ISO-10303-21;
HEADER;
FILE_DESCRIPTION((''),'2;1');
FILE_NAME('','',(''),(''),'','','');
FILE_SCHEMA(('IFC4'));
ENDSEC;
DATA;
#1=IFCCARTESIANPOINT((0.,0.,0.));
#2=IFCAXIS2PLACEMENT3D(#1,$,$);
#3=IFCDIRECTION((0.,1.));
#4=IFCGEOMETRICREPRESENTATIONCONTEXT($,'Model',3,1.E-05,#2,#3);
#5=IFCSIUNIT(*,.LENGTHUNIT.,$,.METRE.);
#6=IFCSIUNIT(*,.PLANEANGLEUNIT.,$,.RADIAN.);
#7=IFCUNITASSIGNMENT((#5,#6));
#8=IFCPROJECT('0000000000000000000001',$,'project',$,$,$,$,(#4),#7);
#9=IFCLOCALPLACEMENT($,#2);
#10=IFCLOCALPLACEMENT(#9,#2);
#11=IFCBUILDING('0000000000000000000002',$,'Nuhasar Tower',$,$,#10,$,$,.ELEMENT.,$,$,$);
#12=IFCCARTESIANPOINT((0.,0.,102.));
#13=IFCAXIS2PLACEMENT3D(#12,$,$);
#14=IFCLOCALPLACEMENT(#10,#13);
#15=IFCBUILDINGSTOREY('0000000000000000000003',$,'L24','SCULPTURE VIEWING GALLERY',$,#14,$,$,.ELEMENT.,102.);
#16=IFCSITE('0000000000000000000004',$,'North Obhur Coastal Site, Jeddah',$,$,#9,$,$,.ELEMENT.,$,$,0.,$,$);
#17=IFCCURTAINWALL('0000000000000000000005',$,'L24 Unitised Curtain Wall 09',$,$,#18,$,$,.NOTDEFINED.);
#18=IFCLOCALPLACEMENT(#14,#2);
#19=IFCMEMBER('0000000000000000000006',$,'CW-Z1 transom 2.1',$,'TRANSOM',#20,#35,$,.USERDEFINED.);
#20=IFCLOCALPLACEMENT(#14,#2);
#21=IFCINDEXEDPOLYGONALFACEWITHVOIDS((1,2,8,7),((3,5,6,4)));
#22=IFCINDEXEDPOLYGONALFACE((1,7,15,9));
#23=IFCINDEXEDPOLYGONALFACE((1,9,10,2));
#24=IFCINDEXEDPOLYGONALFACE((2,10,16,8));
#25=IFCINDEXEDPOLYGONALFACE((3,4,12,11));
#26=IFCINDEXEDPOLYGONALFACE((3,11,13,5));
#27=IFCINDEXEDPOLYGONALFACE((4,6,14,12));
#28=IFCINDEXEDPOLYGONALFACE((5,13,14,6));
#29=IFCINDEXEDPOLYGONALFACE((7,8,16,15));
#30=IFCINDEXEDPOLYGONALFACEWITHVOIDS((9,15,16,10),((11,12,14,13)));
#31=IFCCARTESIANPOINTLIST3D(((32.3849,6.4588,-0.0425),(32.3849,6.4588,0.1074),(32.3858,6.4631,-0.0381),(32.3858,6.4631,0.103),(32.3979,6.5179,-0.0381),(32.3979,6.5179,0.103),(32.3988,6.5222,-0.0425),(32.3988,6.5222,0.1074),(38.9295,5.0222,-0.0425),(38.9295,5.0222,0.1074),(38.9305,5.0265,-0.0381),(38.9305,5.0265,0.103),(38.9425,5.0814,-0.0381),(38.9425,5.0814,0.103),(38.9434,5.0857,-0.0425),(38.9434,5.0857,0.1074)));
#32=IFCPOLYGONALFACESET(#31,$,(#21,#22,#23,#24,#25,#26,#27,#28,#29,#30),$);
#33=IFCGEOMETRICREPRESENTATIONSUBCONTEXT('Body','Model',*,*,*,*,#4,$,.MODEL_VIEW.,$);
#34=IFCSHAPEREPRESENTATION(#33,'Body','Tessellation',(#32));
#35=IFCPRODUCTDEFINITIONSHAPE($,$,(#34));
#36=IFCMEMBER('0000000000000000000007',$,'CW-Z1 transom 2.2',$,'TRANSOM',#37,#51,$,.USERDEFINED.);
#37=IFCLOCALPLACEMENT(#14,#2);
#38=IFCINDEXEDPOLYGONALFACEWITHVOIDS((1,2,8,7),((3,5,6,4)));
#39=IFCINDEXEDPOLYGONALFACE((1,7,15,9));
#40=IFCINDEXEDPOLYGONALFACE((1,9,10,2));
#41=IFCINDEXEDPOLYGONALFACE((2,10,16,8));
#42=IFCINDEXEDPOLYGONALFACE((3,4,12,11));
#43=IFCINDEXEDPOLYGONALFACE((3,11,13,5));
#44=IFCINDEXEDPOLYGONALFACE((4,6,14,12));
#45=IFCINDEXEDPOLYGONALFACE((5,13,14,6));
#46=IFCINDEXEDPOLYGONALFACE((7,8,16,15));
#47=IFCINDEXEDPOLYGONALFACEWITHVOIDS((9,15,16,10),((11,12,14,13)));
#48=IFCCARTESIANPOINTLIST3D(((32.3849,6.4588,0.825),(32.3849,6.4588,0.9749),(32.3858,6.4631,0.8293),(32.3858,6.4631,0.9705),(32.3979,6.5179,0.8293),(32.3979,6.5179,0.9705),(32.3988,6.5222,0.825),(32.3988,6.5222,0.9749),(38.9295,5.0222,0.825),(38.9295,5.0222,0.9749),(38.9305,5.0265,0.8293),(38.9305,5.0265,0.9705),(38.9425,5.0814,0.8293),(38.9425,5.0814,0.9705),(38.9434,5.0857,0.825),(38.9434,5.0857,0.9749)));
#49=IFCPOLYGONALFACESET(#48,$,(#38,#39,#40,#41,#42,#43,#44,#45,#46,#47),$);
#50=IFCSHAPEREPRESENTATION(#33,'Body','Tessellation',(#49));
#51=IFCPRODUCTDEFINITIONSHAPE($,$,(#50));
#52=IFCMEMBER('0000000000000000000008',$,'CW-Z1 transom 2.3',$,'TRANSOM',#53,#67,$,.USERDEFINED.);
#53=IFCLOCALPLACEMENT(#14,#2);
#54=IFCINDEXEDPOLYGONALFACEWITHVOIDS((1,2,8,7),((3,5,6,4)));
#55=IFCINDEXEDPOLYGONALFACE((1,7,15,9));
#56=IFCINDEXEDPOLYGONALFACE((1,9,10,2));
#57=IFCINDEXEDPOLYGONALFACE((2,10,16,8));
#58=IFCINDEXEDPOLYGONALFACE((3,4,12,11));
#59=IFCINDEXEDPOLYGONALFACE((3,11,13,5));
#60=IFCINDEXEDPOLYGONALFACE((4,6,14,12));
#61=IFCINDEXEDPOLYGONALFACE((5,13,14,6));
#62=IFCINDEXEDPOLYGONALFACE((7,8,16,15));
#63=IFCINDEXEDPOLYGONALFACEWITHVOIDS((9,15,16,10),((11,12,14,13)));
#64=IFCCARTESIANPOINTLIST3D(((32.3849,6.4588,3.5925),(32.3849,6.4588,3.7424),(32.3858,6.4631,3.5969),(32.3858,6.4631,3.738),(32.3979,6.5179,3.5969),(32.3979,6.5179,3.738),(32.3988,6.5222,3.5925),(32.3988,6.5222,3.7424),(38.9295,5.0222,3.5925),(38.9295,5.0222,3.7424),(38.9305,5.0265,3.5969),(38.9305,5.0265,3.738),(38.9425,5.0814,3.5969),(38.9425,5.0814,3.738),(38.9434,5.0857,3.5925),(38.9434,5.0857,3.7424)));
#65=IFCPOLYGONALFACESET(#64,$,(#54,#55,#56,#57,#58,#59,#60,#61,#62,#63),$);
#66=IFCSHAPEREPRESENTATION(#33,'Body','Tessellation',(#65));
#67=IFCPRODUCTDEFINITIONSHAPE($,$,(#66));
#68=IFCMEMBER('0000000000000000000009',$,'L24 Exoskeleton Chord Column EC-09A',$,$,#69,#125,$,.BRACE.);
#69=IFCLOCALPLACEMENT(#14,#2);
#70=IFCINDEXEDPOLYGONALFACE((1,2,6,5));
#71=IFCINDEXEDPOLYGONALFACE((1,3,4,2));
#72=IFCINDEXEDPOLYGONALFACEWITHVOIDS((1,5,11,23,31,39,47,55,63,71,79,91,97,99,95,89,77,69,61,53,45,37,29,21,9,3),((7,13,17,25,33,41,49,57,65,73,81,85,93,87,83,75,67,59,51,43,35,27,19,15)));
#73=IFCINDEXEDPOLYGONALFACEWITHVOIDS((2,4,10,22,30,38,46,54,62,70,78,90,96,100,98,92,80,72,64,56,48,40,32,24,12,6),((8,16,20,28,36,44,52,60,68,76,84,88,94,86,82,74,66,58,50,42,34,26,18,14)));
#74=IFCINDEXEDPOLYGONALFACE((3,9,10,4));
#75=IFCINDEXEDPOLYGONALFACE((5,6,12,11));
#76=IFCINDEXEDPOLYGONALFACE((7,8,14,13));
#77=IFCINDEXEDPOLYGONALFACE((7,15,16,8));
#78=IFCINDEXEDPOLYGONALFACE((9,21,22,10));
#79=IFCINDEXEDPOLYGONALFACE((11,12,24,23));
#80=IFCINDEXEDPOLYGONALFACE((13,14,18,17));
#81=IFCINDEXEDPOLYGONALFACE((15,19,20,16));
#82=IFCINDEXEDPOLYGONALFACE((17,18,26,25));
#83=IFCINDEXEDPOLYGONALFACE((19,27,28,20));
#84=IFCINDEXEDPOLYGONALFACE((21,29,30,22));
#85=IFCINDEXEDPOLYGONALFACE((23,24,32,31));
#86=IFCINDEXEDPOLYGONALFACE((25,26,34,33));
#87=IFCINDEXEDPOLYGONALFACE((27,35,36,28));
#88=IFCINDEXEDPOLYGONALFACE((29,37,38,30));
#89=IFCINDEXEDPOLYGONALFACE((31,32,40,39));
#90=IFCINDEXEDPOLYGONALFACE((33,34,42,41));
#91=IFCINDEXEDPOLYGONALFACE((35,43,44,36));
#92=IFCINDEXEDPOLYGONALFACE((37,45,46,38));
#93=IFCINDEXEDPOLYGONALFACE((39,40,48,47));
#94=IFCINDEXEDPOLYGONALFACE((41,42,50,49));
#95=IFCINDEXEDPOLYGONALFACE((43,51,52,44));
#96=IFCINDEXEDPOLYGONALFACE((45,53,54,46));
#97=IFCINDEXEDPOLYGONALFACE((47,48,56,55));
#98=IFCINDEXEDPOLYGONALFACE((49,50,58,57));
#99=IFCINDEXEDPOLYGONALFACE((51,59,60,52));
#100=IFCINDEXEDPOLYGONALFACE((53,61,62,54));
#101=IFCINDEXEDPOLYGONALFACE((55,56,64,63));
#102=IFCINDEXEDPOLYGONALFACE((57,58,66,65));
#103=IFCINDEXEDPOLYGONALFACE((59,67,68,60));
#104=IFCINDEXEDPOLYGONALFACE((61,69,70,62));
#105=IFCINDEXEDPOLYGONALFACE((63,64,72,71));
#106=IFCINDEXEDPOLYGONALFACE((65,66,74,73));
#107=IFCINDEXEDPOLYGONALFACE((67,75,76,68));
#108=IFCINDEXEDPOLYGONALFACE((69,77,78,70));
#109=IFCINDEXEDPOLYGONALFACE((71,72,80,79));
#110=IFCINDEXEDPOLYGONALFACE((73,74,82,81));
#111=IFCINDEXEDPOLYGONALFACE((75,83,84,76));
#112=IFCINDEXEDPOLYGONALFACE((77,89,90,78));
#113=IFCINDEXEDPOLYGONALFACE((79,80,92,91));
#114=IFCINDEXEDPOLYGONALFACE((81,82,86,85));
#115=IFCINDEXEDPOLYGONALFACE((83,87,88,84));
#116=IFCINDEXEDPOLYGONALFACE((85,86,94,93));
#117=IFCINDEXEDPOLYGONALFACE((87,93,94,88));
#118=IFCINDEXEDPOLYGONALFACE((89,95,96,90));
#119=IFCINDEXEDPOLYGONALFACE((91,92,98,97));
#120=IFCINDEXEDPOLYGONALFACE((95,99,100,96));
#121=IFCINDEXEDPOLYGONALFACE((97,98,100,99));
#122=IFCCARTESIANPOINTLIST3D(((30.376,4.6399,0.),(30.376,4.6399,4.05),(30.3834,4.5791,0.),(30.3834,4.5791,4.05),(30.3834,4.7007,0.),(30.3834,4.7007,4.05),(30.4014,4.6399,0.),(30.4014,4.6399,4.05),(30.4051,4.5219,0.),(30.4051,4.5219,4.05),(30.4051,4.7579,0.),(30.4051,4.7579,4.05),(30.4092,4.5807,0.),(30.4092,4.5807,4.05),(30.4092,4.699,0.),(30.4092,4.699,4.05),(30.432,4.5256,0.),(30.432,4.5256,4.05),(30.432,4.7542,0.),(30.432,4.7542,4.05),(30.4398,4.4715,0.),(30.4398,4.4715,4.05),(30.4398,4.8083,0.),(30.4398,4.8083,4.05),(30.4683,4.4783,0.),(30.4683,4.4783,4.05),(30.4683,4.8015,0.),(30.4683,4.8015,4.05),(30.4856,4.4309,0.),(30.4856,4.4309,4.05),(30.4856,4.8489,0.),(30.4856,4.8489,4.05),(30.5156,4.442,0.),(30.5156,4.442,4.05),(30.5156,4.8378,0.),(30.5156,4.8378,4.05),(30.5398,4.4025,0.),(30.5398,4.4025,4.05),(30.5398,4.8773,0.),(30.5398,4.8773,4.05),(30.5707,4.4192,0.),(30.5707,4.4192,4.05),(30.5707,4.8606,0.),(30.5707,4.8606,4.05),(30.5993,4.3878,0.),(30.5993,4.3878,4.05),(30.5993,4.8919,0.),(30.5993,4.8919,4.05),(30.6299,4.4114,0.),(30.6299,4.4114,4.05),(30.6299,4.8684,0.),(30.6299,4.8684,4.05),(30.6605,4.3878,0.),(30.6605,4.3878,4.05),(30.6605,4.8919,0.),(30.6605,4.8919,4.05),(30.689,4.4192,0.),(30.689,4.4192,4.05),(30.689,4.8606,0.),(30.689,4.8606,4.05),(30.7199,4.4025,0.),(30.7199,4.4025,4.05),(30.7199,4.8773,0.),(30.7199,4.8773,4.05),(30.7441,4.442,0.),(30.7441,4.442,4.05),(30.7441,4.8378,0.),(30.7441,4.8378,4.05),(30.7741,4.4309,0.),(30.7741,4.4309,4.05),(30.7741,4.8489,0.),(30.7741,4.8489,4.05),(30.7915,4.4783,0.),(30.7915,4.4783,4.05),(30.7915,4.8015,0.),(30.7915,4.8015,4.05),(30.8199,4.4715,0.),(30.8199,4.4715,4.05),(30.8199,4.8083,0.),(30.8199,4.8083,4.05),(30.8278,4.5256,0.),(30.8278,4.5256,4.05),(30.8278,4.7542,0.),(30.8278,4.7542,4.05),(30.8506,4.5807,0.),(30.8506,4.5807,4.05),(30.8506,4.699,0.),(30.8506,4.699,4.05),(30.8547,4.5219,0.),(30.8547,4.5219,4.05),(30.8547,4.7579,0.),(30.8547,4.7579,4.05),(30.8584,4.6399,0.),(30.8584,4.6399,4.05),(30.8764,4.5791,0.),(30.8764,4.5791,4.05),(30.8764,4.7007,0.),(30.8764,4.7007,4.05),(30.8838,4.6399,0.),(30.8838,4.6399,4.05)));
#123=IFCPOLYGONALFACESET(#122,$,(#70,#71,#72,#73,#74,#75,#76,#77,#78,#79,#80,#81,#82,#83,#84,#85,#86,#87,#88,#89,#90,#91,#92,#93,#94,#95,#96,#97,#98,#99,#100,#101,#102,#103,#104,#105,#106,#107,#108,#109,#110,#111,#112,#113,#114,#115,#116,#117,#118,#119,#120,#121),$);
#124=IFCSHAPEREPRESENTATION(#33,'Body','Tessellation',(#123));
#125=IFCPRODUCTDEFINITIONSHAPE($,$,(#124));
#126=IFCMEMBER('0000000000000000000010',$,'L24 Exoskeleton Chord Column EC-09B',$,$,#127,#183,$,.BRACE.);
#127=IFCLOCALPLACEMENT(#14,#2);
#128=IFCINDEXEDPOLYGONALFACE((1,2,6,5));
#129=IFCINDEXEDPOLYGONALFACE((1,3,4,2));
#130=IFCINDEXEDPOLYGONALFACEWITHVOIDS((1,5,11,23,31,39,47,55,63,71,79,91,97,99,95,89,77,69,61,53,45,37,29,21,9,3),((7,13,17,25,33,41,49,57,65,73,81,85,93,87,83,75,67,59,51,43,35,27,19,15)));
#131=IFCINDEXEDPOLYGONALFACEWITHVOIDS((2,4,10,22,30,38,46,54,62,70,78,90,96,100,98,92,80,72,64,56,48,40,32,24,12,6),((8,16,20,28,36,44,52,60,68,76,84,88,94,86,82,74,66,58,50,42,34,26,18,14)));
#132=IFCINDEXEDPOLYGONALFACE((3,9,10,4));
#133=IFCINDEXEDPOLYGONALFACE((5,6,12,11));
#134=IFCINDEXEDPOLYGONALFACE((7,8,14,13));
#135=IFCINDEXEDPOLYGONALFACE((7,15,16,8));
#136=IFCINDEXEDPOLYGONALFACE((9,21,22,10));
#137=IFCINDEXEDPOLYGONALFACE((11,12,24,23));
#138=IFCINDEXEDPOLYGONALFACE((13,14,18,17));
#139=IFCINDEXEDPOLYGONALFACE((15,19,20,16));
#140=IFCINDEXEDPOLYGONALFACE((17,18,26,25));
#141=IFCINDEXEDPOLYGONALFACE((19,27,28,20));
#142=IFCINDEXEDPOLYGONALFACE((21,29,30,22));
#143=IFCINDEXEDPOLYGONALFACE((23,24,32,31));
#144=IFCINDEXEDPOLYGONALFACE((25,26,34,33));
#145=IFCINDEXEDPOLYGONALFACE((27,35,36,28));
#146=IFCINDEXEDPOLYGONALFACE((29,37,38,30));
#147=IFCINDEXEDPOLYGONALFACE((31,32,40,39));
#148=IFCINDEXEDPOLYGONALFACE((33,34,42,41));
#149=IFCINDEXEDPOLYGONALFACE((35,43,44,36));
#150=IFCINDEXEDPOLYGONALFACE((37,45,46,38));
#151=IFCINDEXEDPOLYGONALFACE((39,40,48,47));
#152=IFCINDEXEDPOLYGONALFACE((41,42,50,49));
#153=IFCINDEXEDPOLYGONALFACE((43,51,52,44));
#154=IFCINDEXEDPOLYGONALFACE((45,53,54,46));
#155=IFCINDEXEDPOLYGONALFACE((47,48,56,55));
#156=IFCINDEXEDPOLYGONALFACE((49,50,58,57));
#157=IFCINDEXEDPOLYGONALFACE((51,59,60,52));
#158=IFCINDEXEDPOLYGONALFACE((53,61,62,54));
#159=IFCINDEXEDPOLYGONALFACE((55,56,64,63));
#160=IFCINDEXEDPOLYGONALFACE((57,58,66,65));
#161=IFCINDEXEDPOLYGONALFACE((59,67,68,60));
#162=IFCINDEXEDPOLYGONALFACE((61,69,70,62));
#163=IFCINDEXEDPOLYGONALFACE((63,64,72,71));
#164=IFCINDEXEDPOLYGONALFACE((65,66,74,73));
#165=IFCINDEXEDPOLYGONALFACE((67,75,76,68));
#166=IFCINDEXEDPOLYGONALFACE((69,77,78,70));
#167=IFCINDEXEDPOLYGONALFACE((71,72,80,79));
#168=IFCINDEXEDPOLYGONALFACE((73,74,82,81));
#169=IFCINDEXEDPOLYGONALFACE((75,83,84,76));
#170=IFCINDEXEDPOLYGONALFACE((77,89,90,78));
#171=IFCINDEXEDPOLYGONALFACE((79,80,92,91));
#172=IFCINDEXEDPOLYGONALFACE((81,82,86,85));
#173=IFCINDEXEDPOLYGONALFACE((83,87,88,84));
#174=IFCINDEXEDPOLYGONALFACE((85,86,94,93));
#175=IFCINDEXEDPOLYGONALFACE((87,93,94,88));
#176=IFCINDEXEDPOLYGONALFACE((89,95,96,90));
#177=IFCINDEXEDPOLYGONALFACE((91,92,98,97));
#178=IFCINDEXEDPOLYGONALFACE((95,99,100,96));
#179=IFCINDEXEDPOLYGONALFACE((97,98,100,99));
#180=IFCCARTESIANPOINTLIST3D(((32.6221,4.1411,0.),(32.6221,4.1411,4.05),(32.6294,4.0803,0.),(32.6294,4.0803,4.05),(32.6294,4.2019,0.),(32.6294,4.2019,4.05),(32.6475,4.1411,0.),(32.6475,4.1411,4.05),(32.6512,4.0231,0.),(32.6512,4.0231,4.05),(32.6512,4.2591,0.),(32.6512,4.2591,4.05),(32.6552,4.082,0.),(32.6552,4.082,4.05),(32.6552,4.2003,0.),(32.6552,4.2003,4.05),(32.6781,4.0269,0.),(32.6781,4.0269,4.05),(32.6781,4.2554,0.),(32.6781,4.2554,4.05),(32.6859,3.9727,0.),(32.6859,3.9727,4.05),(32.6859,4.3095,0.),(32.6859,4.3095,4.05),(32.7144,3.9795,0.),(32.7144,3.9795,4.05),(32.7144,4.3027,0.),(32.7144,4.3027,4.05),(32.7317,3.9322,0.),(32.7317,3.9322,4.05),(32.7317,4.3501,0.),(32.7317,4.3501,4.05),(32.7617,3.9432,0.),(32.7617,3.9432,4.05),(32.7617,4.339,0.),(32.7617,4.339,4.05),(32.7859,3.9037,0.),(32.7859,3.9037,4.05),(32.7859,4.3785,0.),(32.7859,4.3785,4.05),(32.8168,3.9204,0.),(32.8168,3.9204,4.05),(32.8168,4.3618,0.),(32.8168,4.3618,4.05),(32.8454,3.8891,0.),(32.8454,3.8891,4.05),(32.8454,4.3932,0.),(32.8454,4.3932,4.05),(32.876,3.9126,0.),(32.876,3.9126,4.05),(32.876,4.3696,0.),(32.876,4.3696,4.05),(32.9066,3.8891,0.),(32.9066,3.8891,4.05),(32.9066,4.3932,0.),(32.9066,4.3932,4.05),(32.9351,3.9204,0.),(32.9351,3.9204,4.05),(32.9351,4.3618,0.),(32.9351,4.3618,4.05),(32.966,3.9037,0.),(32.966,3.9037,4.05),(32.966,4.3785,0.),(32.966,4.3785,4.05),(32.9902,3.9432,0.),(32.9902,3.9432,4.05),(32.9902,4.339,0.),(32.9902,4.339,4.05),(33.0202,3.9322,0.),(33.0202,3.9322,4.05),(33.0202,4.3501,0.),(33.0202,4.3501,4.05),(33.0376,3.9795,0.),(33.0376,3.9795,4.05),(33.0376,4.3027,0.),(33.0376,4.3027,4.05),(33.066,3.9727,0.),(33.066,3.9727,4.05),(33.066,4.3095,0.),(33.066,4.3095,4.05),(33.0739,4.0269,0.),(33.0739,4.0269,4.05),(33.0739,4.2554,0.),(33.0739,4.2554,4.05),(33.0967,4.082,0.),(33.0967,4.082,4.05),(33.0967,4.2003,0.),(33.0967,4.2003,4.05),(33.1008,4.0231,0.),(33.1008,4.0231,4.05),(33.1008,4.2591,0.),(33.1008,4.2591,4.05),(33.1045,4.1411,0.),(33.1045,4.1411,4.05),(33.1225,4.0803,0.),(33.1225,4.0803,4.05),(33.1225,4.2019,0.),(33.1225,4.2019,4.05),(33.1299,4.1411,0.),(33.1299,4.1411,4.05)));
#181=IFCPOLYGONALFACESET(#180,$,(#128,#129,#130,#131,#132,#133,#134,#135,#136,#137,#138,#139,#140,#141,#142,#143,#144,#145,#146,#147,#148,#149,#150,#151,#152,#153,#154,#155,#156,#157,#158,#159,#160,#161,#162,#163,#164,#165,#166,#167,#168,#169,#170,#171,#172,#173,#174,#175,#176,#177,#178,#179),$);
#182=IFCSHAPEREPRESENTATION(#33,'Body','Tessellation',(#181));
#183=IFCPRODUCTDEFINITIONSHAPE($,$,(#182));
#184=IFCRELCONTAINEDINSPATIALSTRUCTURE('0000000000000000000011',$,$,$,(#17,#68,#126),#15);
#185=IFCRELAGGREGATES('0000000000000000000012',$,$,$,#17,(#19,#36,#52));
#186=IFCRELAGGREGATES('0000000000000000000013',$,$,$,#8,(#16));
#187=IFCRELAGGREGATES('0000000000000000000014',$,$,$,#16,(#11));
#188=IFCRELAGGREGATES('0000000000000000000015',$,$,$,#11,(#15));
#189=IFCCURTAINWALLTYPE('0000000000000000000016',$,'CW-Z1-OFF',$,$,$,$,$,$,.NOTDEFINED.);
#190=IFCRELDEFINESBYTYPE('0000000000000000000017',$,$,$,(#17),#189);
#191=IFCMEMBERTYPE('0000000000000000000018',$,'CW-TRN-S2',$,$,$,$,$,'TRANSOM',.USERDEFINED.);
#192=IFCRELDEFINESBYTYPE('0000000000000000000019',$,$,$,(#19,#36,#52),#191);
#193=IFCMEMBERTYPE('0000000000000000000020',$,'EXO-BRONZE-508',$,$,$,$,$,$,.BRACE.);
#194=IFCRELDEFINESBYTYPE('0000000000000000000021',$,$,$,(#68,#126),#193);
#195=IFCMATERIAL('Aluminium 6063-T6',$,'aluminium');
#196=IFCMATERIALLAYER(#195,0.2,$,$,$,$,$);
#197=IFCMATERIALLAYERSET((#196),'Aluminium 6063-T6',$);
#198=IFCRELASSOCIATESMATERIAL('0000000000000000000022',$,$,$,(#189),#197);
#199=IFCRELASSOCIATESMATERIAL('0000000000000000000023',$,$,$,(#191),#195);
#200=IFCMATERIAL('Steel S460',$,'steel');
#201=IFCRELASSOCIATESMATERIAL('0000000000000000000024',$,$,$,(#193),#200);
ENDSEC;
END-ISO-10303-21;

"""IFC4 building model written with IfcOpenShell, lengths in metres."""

from ifc_helpers import new_model, si_unit, direction, frame, origin, origin_2d, place, context, subcontext, project, spatial, hollow_rectangle, hollow_circle, extrude, material, layer, layer_set, material_profile, profile_set, type_object, element, aggregate, save


model = new_model("IFC4")

# Units and contexts
model_context = context("Model", 3, precision=1e-05, world=origin(), true_north=direction((0.0, 1.0)))
body_context = subcontext(model_context, "Body", "Model", "MODEL_VIEW")
ifc_project = project(units=[si_unit("LENGTHUNIT", "METRE"), si_unit("PLANEANGLEUNIT", "RADIAN")], contexts=[model_context])

# Site, building, storey
site_placement = place(None, origin())
site = spatial("IfcSite", under=ifc_project, at=site_placement, Name="North Obhur Coastal Site, Jeddah", CompositionType="ELEMENT", RefElevation=0.0)
building_placement = place(site_placement, origin())
building = spatial("IfcBuilding", under=site, at=building_placement, Name="Nuhasar Tower", CompositionType="ELEMENT")
storey_placement = place(building_placement, frame((0.0, 0.0, 102.0)))
storey = spatial("IfcBuildingStorey", under=building, at=storey_placement, Name="L24", Description="SCULPTURE VIEWING GALLERY", CompositionType="ELEMENT", Elevation=102.0)

# Curtain wall, members
ifc_material_1 = material(Name="Aluminium 6063-T6", Category="aluminium")
ifc_layer_1 = layer(ifc_material_1, 0.2)
ifc_layer_set_1 = layer_set([ifc_layer_1], Name="Aluminium 6063-T6")
curtain_wall_type = type_object("IfcCurtainWallType", Name="CW-Z1-OFF", PredefinedType="NOTDEFINED", material=ifc_layer_set_1)
curtain_wall_placement = place(storey_placement, origin())
curtain_wall = element("IfcCurtainWall", 1, at=curtain_wall_placement, inside=storey, type_object=curtain_wall_type, Name="L24 Unitised Curtain Wall 09", PredefinedType="NOTDEFINED")
ifc_material_profile_1 = material_profile(ifc_material_1, hollow_rectangle(XDim=0.0649, YDim=0.1499, WallThickness=0.0044, at=origin_2d()), Name="CWT-2")
ifc_profile_set_1 = profile_set([ifc_material_profile_1], Name="Aluminium 6063-T6")
member_type_1 = type_object("IfcMemberType", Name="CW-TRN-S2", ElementType="TRANSOM", PredefinedType="USERDEFINED", material=ifc_profile_set_1)
member_1_placement = place(storey_placement, frame((32.3918, 6.4905, 0.0325), z_axis=(0.976748, -0.214391, 0.0), x_axis=(0.214391, 0.976748, 0.0)))
member_1 = element("IfcMember", 2, at=member_1_placement, type_object=member_type_1, Name="CW-Z1 transom 2.1", ObjectType="TRANSOM", PredefinedType="USERDEFINED", context=body_context, shape_type="SweptSolid", body=[
    extrude(hollow_rectangle(XDim=0.0649, YDim=0.1499, WallThickness=0.0044, at=origin_2d()), origin(), (0.0, 0.0, 1.0), 6.7004),
])
member_2_placement = place(storey_placement, frame((32.3918, 6.4905, 0.8999), z_axis=(0.976748, -0.214391, 0.0), x_axis=(0.214391, 0.976748, 0.0)))
member_2 = element("IfcMember", 3, at=member_2_placement, type_object=member_type_1, Name="CW-Z1 transom 2.2", ObjectType="TRANSOM", PredefinedType="USERDEFINED", context=body_context, shape_type="SweptSolid", body=[
    extrude(hollow_rectangle(XDim=0.0649, YDim=0.1499, WallThickness=0.0044, at=origin_2d()), origin(), (0.0, 0.0, 1.0), 6.7004),
])
member_3_placement = place(storey_placement, frame((32.3918, 6.4905, 3.6675), z_axis=(0.976748, -0.214391, 0.0), x_axis=(0.214391, 0.976748, 0.0)))
member_3 = element("IfcMember", 4, at=member_3_placement, type_object=member_type_1, Name="CW-Z1 transom 2.3", ObjectType="TRANSOM", PredefinedType="USERDEFINED", context=body_context, shape_type="SweptSolid", body=[
    extrude(hollow_rectangle(XDim=0.0649, YDim=0.1499, WallThickness=0.0044, at=origin_2d()), origin(), (0.0, 0.0, 1.0), 6.7004),
])

# Members
ifc_material_2 = material(Name="Steel S460", Category="steel")
ifc_material_profile_2 = material_profile(ifc_material_2, hollow_circle(Radius=0.2539, WallThickness=0.0254, at=origin_2d()), Name="HSS508X25.4")
ifc_profile_set_2 = profile_set([ifc_material_profile_2], Name="Steel S460")
member_type_2 = type_object("IfcMemberType", Name="EXO-BRONZE-508", PredefinedType="BRACE", material=ifc_profile_set_2)
for number, where, z_axis, x_axis, name in (
    (5, (30.6299, 4.6399, 0.0), (0.0, 0.0, 1.0), (1.0, 0.0, 0.0), "L24 Exoskeleton Chord Column EC-09A"),
    (6, (32.876, 4.1411, 0.0), (0.0, 0.0, 1.0), (1.0, 0.0, 0.0), "L24 Exoskeleton Chord Column EC-09B"),
):
    element("IfcMember", number, at=place(storey_placement, frame(where, z_axis=z_axis, x_axis=x_axis)), inside=storey, type_object=member_type_2, Name=name, PredefinedType="BRACE", context=body_context, shape_type="SweptSolid", body=[
        extrude(hollow_circle(Radius=0.2539, WallThickness=0.0254, at=origin_2d()), origin(), (0.0, 0.0, 1.0), 4.05),
    ])

aggregate(curtain_wall, [member_1, member_2, member_3])

save(model, "model.ifc")
